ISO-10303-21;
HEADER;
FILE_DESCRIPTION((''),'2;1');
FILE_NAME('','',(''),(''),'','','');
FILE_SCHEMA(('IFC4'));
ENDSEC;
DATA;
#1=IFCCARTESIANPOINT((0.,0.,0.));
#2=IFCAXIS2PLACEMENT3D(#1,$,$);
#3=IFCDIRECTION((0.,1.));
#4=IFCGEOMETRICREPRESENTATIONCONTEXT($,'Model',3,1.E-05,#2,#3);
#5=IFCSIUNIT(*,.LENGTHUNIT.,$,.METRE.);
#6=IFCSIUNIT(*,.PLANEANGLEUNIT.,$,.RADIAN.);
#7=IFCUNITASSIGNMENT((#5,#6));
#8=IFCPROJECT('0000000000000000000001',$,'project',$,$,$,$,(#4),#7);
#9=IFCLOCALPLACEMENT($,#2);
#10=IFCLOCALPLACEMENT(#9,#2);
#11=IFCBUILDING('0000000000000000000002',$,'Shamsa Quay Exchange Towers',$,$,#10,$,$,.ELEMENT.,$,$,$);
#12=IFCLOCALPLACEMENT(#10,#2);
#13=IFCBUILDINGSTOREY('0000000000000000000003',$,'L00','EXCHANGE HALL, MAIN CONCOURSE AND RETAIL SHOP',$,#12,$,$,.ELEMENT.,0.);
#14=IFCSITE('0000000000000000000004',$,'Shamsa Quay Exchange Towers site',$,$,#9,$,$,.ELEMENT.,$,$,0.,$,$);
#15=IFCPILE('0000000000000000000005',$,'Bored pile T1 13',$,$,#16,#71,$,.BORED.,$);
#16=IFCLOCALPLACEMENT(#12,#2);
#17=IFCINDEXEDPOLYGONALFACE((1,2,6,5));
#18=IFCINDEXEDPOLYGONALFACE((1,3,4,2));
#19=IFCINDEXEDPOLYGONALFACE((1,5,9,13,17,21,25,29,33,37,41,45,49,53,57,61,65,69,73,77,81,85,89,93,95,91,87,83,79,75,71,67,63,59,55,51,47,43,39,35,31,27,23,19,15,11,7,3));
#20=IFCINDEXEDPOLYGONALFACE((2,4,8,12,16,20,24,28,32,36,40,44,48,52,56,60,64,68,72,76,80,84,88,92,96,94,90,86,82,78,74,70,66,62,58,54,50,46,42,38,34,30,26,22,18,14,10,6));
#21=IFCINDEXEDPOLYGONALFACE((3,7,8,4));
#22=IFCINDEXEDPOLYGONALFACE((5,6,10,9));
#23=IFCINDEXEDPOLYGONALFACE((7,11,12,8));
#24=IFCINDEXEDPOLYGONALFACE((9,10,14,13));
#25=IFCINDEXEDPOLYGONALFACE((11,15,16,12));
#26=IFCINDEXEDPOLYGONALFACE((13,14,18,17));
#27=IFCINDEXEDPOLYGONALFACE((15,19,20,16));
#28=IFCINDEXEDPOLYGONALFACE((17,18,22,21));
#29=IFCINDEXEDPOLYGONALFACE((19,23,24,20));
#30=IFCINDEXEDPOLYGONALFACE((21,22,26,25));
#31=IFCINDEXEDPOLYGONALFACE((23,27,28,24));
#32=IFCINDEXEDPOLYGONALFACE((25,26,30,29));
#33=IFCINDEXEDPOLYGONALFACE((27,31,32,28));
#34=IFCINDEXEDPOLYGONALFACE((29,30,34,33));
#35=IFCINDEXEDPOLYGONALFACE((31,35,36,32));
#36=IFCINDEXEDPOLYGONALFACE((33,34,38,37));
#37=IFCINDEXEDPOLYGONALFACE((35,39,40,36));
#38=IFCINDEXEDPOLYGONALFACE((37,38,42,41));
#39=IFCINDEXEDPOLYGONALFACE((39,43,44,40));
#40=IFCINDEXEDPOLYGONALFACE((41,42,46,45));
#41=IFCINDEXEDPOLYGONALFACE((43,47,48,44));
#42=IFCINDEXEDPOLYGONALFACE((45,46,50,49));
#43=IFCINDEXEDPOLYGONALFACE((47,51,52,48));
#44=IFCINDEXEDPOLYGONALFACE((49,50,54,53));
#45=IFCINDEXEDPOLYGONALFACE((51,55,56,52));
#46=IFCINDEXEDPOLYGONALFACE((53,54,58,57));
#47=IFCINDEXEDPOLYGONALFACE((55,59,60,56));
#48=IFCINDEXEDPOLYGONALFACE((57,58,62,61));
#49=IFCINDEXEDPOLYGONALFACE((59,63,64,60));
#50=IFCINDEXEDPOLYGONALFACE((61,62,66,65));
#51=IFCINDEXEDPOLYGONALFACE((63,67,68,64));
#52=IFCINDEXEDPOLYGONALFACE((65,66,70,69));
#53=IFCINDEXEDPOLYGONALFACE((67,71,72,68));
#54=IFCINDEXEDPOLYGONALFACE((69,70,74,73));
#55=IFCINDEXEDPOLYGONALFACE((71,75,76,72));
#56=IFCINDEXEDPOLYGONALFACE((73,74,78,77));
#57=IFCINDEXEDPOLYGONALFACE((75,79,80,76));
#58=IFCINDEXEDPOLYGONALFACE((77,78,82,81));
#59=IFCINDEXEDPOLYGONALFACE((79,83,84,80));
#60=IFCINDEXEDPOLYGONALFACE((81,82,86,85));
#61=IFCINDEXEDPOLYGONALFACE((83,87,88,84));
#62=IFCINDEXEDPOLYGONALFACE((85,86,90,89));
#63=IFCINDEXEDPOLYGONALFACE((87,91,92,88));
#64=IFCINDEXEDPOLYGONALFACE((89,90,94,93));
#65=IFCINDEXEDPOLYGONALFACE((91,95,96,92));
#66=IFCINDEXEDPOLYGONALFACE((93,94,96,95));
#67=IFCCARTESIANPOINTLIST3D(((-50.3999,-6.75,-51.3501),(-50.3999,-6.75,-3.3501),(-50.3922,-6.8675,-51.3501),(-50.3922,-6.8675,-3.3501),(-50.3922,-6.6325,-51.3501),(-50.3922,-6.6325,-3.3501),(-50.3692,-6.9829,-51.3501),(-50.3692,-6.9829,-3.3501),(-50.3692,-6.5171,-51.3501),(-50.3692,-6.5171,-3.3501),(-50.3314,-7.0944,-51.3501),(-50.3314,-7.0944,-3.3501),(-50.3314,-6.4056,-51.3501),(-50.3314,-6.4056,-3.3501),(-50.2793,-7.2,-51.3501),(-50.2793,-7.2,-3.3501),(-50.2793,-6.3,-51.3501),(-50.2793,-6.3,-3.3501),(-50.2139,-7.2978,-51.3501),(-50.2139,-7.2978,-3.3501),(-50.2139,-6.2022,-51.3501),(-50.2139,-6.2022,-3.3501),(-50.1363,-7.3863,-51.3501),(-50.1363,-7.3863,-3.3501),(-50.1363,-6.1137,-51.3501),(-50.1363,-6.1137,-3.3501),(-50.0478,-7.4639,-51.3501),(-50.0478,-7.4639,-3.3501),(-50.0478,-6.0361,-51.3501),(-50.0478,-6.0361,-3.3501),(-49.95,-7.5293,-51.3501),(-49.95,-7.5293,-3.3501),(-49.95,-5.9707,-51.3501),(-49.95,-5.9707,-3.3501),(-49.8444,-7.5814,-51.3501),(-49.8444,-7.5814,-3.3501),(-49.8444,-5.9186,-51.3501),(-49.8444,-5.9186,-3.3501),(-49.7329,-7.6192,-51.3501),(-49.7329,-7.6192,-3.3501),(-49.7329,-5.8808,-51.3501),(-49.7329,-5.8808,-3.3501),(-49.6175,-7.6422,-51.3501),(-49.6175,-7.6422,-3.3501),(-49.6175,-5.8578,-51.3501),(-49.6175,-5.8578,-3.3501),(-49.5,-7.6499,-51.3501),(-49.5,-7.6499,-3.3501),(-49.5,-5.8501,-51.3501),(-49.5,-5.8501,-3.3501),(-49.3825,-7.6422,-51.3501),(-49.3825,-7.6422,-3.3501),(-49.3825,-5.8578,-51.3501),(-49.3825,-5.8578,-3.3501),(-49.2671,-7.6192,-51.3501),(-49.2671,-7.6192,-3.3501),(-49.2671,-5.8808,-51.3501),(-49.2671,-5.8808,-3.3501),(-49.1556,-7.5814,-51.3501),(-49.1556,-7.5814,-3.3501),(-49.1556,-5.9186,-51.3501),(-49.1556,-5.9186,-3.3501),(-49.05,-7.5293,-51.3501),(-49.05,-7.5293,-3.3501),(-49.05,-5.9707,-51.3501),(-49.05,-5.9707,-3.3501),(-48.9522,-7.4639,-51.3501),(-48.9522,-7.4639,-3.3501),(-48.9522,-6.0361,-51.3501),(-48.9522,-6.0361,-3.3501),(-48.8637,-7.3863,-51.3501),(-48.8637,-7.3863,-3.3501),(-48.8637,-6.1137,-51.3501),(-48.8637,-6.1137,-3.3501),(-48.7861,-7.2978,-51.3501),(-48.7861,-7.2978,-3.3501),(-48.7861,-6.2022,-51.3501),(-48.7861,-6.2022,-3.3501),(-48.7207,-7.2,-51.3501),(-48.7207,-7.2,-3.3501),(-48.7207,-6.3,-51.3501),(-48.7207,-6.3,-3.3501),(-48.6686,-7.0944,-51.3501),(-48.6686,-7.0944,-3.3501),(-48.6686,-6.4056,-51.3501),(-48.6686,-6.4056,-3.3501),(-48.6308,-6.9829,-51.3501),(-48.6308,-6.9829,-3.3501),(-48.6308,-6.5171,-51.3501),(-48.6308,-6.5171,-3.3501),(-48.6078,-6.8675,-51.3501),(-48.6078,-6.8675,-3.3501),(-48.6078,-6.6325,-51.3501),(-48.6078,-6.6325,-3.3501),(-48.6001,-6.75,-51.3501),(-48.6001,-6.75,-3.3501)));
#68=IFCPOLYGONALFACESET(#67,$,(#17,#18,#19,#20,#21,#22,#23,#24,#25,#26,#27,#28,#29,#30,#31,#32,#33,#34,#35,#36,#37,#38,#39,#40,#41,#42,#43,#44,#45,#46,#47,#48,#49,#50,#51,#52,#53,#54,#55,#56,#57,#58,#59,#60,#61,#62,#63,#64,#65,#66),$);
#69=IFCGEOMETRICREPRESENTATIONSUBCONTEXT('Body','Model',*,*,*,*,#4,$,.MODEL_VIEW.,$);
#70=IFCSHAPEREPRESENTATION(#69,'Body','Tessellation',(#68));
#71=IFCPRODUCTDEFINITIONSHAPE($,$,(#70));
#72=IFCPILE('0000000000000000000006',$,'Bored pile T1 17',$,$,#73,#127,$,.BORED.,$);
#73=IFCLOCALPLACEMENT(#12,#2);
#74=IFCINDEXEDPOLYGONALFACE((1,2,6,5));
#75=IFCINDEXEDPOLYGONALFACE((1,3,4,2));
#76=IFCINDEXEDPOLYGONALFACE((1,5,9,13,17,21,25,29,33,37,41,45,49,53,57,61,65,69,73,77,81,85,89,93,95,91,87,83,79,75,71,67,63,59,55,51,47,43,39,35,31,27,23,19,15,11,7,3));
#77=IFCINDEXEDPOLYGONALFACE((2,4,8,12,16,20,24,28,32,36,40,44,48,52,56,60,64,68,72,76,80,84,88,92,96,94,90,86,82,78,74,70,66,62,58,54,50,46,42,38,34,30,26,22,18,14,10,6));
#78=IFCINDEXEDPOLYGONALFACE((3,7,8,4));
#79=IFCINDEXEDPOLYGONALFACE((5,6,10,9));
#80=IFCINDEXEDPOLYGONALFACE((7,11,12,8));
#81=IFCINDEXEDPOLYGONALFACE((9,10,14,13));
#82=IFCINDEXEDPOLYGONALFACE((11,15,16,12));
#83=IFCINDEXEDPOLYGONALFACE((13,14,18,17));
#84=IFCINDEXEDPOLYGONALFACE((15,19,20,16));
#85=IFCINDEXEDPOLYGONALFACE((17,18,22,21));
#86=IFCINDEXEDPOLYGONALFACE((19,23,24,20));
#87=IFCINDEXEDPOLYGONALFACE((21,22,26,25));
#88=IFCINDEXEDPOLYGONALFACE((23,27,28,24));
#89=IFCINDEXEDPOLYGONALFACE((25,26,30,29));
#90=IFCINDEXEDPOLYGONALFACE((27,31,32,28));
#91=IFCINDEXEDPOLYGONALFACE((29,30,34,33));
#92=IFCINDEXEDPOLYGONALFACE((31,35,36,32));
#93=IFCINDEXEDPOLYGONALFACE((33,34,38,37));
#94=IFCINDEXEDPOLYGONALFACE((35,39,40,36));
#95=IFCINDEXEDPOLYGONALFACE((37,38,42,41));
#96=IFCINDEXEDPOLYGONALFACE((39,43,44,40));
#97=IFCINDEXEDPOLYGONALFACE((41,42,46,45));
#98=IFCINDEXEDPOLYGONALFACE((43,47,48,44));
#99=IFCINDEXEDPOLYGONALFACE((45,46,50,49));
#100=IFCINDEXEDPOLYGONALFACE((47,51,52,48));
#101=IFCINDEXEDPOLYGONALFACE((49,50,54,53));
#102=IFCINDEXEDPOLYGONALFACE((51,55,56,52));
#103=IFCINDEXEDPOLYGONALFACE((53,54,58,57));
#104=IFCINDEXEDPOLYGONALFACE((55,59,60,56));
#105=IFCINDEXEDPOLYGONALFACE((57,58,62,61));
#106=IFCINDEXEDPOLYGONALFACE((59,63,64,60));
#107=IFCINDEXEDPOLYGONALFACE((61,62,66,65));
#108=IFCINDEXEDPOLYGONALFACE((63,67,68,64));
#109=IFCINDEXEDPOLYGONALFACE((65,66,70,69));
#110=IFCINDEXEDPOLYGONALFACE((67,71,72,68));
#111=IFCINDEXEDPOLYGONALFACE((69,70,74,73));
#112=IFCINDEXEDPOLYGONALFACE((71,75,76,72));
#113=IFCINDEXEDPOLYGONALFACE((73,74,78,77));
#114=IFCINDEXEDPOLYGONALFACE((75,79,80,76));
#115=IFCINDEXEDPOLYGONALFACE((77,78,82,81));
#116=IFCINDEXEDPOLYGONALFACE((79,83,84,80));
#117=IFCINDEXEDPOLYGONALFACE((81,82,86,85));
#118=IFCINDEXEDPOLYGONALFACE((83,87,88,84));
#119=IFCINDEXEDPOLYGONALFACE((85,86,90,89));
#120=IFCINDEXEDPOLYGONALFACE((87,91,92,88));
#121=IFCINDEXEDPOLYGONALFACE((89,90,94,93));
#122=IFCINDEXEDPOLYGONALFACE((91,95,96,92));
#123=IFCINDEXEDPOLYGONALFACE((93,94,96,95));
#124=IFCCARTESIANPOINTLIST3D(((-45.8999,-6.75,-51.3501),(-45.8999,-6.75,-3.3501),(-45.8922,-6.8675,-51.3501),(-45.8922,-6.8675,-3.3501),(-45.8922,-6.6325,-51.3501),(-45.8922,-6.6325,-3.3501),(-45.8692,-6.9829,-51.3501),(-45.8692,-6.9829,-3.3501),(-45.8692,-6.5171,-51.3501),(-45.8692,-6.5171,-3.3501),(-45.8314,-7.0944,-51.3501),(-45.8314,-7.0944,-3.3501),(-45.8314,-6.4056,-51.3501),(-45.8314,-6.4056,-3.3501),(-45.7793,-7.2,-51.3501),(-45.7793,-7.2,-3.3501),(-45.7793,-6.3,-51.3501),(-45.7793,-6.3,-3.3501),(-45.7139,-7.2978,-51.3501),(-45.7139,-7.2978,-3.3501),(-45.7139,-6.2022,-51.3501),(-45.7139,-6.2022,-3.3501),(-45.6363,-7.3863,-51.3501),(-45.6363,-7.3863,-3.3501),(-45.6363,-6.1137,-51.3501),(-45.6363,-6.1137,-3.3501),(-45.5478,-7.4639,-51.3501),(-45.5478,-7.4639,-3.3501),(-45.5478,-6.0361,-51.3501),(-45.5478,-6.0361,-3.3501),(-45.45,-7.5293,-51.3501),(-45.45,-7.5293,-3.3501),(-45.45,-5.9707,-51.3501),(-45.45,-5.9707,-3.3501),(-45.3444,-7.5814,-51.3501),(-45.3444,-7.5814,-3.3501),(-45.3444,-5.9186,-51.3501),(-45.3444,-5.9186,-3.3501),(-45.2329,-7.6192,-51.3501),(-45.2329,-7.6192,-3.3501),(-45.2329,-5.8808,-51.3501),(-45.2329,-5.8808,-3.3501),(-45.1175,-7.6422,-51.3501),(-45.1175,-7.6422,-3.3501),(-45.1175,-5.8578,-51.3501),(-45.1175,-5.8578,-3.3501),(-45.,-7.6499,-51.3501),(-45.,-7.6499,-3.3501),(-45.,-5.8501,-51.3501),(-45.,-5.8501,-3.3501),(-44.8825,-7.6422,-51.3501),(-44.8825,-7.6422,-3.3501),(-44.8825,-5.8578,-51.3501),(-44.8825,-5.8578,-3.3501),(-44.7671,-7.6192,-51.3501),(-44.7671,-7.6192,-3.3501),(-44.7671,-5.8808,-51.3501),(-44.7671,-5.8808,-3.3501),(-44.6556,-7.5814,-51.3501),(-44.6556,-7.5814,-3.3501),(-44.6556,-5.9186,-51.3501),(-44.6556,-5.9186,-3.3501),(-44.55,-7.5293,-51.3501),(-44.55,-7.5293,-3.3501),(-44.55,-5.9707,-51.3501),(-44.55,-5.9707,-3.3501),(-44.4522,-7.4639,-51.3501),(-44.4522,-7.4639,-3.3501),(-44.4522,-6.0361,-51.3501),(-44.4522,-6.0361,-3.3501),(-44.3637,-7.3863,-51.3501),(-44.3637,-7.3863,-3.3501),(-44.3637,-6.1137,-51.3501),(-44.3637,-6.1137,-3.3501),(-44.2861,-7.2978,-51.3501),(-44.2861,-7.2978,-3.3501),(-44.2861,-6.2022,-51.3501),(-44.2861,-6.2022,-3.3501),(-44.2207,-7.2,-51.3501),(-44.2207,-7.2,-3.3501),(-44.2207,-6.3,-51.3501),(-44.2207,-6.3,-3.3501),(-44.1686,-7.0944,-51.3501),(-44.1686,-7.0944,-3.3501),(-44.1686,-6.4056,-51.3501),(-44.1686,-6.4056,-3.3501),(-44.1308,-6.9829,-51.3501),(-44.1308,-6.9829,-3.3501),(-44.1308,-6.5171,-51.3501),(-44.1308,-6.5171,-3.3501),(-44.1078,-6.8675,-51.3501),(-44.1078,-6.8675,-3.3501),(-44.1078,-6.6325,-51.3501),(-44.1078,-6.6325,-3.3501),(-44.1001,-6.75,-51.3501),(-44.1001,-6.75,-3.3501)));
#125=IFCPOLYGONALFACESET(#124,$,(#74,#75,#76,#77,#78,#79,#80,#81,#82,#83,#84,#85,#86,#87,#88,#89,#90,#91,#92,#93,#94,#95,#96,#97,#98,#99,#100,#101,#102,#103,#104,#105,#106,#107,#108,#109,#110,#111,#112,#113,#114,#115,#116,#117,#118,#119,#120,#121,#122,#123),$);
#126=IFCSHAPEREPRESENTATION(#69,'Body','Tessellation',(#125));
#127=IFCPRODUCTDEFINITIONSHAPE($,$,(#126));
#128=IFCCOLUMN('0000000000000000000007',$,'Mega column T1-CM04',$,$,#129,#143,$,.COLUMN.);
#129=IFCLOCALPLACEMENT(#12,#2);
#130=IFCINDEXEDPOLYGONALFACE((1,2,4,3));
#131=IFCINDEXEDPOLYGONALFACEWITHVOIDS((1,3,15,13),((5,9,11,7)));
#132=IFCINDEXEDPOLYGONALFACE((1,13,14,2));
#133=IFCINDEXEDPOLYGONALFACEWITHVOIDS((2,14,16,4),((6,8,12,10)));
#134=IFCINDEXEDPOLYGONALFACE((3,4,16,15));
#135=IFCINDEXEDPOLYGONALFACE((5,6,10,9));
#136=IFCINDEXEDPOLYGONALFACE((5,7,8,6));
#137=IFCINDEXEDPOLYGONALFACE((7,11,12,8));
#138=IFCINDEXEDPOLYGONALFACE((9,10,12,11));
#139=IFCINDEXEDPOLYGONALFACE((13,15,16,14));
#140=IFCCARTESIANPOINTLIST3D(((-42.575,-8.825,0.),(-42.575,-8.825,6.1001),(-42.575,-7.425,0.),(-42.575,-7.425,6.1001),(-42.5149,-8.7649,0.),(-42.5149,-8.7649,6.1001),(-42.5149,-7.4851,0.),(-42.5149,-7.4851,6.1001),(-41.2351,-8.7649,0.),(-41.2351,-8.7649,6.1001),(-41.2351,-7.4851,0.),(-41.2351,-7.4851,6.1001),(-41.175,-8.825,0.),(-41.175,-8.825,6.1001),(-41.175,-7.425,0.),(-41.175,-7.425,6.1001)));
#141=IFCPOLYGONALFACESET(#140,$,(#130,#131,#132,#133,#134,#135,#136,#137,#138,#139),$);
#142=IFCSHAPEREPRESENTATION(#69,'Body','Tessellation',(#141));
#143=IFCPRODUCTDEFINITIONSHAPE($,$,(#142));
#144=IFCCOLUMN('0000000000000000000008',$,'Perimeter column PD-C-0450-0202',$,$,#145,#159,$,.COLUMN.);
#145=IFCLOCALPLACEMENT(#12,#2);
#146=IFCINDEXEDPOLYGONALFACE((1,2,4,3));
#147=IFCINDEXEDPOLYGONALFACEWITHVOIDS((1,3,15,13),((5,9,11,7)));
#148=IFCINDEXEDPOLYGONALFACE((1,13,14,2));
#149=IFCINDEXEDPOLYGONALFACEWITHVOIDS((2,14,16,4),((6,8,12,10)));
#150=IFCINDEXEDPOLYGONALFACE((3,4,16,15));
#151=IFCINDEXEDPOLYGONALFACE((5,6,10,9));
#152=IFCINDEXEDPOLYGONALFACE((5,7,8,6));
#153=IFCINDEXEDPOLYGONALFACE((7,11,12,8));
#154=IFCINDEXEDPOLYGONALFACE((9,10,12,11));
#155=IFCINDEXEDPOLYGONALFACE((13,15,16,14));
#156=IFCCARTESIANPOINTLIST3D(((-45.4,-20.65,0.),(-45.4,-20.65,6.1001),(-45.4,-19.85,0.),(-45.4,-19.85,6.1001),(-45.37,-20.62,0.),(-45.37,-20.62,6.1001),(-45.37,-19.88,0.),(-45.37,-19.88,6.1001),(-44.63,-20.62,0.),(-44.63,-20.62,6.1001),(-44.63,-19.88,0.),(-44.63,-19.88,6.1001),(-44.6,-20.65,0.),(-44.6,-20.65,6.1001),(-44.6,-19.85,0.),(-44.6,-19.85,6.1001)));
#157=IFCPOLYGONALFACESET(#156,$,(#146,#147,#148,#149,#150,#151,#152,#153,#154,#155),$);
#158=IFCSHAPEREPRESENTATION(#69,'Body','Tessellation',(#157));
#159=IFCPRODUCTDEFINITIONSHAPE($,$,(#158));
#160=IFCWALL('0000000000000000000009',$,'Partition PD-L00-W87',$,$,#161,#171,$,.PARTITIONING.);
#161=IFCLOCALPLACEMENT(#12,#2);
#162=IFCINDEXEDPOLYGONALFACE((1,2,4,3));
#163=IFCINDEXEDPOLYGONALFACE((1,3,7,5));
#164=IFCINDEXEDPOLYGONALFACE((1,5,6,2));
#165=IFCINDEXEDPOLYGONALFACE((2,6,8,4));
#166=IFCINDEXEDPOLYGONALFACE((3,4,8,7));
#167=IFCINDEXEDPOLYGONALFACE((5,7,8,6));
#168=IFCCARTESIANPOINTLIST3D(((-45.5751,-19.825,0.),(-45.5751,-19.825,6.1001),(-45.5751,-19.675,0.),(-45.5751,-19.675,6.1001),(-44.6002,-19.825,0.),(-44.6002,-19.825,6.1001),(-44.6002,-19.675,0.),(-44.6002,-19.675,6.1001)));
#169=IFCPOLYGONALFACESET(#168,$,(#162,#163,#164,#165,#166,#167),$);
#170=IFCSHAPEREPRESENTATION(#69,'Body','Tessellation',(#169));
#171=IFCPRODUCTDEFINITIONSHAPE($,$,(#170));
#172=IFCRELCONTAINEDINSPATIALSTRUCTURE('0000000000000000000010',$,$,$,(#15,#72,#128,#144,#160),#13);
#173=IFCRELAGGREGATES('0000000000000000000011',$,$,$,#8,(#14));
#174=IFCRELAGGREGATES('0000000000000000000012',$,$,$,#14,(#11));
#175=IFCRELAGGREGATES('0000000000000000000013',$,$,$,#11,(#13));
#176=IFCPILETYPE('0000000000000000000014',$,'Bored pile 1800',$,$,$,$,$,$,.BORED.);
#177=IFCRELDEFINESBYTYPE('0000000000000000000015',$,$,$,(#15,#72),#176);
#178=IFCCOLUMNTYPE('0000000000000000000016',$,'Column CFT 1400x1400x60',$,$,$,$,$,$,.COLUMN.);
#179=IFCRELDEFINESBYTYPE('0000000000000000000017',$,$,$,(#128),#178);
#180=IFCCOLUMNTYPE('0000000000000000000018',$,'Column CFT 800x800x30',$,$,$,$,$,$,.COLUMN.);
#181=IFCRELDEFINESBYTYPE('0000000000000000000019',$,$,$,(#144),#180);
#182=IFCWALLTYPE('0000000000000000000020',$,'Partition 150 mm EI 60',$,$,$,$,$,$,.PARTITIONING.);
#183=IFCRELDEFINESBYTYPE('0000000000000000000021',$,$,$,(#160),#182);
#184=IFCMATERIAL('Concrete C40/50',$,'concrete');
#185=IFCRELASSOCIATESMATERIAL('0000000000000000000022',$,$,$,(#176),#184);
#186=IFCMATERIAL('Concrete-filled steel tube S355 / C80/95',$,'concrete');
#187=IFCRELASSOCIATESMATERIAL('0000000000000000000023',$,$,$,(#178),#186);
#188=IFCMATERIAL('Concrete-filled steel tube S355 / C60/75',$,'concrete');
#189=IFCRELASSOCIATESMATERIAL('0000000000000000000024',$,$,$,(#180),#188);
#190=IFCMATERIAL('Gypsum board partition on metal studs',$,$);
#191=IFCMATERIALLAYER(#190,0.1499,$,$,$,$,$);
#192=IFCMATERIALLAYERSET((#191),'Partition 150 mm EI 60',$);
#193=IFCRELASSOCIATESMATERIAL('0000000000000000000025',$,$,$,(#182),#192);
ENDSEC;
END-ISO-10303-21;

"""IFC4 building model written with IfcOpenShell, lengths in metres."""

from ifc_helpers import new_model, si_unit, direction, frame, frame_2d, origin, origin_2d, place, context, subcontext, project, spatial, rectangle, hollow_rectangle, circle, extrude, material, layer, layer_set, material_profile, profile_set, type_object, element, save


model = new_model("IFC4")

# Units and contexts
model_context = context("Model", 3, precision=1e-05, world=origin(), true_north=direction((0.0, 1.0)))
body_context = subcontext(model_context, "Body", "Model", "MODEL_VIEW")
ifc_project = project(units=[si_unit("LENGTHUNIT", "METRE"), si_unit("PLANEANGLEUNIT", "RADIAN")], contexts=[model_context])

# Site, building, storey
site_placement = place(None, origin())
site = spatial("IfcSite", under=ifc_project, at=site_placement, Name="Shamsa Quay Exchange Towers site", CompositionType="ELEMENT", RefElevation=0.0)
building_placement = place(site_placement, origin())
building = spatial("IfcBuilding", under=site, at=building_placement, Name="Shamsa Quay Exchange Towers", CompositionType="ELEMENT")
storey_placement = place(building_placement, origin())
storey = spatial("IfcBuildingStorey", under=building, at=storey_placement, Name="L00", Description="EXCHANGE HALL, MAIN CONCOURSE AND RETAIL SHOP", CompositionType="ELEMENT", Elevation=0.0)

# Piles
ifc_material_1 = material(Name="Concrete C40/50", Category="concrete")
ifc_material_profile_1 = material_profile(ifc_material_1, circle(Radius=0.8999, at=origin_2d()), Name="BP1800")
ifc_profile_set_1 = profile_set([ifc_material_profile_1], Name="Concrete C40/50")
pile_type_1 = type_object("IfcPileType", Name="Bored pile 1800", PredefinedType="BORED", material=ifc_profile_set_1)
for number, where, z_axis, x_axis, name in (
    (1, (-49.5, -6.75, -3.3501), (0.0, 0.0, -1.0), (1.0, 0.0, 0.0), "Bored pile T1 13"),
    (2, (-45.0, -6.75, -3.3501), (0.0, 0.0, -1.0), (1.0, 0.0, 0.0), "Bored pile T1 17"),
):
    element("IfcPile", number, at=place(storey_placement, frame(where, z_axis=z_axis, x_axis=x_axis)), inside=storey, type_object=pile_type_1, Name=name, PredefinedType="BORED", context=body_context, shape_type="SweptSolid", body=[
        extrude(circle(Radius=0.8999, at=origin_2d()), origin(), (0.0, 0.0, 1.0), 48.0),
    ])

# Columns
ifc_material_2 = material(Name="Concrete-filled steel tube S355 / C80/95", Category="concrete")
ifc_material_profile_2 = material_profile(ifc_material_2, hollow_rectangle(XDim=1.3999, YDim=1.3999, WallThickness=0.0601, at=origin_2d()), Name="CFT 1400x1400x60")
ifc_profile_set_2 = profile_set([ifc_material_profile_2], Name="Concrete-filled steel tube S355 / C80/95")
column_type_1 = type_object("IfcColumnType", Name="Column CFT 1400x1400x60", PredefinedType="COLUMN", material=ifc_profile_set_2)
column_1_placement = place(storey_placement, frame((-41.875, -8.125, 0.0)))
element("IfcColumn", 3, at=column_1_placement, inside=storey, type_object=column_type_1, Name="Mega column T1-CM04", PredefinedType="COLUMN", context=body_context, shape_type="SweptSolid", body=[
    extrude(hollow_rectangle(XDim=1.3999, YDim=1.3999, WallThickness=0.0601, at=origin_2d()), origin(), (0.0, 0.0, 1.0), 6.1001),
])
ifc_material_3 = material(Name="Concrete-filled steel tube S355 / C60/75", Category="concrete")
ifc_material_profile_3 = material_profile(ifc_material_3, hollow_rectangle(XDim=0.8, YDim=0.8, WallThickness=0.03, at=origin_2d()), Name="CFT 800x800x30")
ifc_profile_set_3 = profile_set([ifc_material_profile_3], Name="Concrete-filled steel tube S355 / C60/75")
column_type_2 = type_object("IfcColumnType", Name="Column CFT 800x800x30", PredefinedType="COLUMN", material=ifc_profile_set_3)
column_2_placement = place(storey_placement, frame((-45.0, -20.25, 0.0)))
element("IfcColumn", 4, at=column_2_placement, inside=storey, type_object=column_type_2, Name="Perimeter column PD-C-0450-0202", PredefinedType="COLUMN", context=body_context, shape_type="SweptSolid", body=[
    extrude(hollow_rectangle(XDim=0.8, YDim=0.8, WallThickness=0.03, at=origin_2d()), origin(), (0.0, 0.0, 1.0), 6.1001),
])

# Wall
ifc_material_4 = material(Name="Gypsum board partition on metal studs")
ifc_layer_1 = layer(ifc_material_4, 0.1499)
ifc_layer_set_1 = layer_set([ifc_layer_1], Name="Partition 150 mm EI 60")
wall_type_1 = type_object("IfcWallType", Name="Partition 150 mm EI 60", PredefinedType="PARTITIONING", material=ifc_layer_set_1)
wall_1_placement = place(storey_placement, frame((-45.575, -19.75, 0.0)))
element("IfcWall", 5, at=wall_1_placement, inside=storey, type_object=wall_type_1, Name="Partition PD-L00-W87", PredefinedType="PARTITIONING", context=body_context, shape_type="SweptSolid", body=[
    extrude(rectangle(XDim=0.9749, YDim=0.1499, at=frame_2d((0.4873, 0.0))), origin(), (0.0, 0.0, 1.0), 6.1001),
])

save(model, "model.ifc")
